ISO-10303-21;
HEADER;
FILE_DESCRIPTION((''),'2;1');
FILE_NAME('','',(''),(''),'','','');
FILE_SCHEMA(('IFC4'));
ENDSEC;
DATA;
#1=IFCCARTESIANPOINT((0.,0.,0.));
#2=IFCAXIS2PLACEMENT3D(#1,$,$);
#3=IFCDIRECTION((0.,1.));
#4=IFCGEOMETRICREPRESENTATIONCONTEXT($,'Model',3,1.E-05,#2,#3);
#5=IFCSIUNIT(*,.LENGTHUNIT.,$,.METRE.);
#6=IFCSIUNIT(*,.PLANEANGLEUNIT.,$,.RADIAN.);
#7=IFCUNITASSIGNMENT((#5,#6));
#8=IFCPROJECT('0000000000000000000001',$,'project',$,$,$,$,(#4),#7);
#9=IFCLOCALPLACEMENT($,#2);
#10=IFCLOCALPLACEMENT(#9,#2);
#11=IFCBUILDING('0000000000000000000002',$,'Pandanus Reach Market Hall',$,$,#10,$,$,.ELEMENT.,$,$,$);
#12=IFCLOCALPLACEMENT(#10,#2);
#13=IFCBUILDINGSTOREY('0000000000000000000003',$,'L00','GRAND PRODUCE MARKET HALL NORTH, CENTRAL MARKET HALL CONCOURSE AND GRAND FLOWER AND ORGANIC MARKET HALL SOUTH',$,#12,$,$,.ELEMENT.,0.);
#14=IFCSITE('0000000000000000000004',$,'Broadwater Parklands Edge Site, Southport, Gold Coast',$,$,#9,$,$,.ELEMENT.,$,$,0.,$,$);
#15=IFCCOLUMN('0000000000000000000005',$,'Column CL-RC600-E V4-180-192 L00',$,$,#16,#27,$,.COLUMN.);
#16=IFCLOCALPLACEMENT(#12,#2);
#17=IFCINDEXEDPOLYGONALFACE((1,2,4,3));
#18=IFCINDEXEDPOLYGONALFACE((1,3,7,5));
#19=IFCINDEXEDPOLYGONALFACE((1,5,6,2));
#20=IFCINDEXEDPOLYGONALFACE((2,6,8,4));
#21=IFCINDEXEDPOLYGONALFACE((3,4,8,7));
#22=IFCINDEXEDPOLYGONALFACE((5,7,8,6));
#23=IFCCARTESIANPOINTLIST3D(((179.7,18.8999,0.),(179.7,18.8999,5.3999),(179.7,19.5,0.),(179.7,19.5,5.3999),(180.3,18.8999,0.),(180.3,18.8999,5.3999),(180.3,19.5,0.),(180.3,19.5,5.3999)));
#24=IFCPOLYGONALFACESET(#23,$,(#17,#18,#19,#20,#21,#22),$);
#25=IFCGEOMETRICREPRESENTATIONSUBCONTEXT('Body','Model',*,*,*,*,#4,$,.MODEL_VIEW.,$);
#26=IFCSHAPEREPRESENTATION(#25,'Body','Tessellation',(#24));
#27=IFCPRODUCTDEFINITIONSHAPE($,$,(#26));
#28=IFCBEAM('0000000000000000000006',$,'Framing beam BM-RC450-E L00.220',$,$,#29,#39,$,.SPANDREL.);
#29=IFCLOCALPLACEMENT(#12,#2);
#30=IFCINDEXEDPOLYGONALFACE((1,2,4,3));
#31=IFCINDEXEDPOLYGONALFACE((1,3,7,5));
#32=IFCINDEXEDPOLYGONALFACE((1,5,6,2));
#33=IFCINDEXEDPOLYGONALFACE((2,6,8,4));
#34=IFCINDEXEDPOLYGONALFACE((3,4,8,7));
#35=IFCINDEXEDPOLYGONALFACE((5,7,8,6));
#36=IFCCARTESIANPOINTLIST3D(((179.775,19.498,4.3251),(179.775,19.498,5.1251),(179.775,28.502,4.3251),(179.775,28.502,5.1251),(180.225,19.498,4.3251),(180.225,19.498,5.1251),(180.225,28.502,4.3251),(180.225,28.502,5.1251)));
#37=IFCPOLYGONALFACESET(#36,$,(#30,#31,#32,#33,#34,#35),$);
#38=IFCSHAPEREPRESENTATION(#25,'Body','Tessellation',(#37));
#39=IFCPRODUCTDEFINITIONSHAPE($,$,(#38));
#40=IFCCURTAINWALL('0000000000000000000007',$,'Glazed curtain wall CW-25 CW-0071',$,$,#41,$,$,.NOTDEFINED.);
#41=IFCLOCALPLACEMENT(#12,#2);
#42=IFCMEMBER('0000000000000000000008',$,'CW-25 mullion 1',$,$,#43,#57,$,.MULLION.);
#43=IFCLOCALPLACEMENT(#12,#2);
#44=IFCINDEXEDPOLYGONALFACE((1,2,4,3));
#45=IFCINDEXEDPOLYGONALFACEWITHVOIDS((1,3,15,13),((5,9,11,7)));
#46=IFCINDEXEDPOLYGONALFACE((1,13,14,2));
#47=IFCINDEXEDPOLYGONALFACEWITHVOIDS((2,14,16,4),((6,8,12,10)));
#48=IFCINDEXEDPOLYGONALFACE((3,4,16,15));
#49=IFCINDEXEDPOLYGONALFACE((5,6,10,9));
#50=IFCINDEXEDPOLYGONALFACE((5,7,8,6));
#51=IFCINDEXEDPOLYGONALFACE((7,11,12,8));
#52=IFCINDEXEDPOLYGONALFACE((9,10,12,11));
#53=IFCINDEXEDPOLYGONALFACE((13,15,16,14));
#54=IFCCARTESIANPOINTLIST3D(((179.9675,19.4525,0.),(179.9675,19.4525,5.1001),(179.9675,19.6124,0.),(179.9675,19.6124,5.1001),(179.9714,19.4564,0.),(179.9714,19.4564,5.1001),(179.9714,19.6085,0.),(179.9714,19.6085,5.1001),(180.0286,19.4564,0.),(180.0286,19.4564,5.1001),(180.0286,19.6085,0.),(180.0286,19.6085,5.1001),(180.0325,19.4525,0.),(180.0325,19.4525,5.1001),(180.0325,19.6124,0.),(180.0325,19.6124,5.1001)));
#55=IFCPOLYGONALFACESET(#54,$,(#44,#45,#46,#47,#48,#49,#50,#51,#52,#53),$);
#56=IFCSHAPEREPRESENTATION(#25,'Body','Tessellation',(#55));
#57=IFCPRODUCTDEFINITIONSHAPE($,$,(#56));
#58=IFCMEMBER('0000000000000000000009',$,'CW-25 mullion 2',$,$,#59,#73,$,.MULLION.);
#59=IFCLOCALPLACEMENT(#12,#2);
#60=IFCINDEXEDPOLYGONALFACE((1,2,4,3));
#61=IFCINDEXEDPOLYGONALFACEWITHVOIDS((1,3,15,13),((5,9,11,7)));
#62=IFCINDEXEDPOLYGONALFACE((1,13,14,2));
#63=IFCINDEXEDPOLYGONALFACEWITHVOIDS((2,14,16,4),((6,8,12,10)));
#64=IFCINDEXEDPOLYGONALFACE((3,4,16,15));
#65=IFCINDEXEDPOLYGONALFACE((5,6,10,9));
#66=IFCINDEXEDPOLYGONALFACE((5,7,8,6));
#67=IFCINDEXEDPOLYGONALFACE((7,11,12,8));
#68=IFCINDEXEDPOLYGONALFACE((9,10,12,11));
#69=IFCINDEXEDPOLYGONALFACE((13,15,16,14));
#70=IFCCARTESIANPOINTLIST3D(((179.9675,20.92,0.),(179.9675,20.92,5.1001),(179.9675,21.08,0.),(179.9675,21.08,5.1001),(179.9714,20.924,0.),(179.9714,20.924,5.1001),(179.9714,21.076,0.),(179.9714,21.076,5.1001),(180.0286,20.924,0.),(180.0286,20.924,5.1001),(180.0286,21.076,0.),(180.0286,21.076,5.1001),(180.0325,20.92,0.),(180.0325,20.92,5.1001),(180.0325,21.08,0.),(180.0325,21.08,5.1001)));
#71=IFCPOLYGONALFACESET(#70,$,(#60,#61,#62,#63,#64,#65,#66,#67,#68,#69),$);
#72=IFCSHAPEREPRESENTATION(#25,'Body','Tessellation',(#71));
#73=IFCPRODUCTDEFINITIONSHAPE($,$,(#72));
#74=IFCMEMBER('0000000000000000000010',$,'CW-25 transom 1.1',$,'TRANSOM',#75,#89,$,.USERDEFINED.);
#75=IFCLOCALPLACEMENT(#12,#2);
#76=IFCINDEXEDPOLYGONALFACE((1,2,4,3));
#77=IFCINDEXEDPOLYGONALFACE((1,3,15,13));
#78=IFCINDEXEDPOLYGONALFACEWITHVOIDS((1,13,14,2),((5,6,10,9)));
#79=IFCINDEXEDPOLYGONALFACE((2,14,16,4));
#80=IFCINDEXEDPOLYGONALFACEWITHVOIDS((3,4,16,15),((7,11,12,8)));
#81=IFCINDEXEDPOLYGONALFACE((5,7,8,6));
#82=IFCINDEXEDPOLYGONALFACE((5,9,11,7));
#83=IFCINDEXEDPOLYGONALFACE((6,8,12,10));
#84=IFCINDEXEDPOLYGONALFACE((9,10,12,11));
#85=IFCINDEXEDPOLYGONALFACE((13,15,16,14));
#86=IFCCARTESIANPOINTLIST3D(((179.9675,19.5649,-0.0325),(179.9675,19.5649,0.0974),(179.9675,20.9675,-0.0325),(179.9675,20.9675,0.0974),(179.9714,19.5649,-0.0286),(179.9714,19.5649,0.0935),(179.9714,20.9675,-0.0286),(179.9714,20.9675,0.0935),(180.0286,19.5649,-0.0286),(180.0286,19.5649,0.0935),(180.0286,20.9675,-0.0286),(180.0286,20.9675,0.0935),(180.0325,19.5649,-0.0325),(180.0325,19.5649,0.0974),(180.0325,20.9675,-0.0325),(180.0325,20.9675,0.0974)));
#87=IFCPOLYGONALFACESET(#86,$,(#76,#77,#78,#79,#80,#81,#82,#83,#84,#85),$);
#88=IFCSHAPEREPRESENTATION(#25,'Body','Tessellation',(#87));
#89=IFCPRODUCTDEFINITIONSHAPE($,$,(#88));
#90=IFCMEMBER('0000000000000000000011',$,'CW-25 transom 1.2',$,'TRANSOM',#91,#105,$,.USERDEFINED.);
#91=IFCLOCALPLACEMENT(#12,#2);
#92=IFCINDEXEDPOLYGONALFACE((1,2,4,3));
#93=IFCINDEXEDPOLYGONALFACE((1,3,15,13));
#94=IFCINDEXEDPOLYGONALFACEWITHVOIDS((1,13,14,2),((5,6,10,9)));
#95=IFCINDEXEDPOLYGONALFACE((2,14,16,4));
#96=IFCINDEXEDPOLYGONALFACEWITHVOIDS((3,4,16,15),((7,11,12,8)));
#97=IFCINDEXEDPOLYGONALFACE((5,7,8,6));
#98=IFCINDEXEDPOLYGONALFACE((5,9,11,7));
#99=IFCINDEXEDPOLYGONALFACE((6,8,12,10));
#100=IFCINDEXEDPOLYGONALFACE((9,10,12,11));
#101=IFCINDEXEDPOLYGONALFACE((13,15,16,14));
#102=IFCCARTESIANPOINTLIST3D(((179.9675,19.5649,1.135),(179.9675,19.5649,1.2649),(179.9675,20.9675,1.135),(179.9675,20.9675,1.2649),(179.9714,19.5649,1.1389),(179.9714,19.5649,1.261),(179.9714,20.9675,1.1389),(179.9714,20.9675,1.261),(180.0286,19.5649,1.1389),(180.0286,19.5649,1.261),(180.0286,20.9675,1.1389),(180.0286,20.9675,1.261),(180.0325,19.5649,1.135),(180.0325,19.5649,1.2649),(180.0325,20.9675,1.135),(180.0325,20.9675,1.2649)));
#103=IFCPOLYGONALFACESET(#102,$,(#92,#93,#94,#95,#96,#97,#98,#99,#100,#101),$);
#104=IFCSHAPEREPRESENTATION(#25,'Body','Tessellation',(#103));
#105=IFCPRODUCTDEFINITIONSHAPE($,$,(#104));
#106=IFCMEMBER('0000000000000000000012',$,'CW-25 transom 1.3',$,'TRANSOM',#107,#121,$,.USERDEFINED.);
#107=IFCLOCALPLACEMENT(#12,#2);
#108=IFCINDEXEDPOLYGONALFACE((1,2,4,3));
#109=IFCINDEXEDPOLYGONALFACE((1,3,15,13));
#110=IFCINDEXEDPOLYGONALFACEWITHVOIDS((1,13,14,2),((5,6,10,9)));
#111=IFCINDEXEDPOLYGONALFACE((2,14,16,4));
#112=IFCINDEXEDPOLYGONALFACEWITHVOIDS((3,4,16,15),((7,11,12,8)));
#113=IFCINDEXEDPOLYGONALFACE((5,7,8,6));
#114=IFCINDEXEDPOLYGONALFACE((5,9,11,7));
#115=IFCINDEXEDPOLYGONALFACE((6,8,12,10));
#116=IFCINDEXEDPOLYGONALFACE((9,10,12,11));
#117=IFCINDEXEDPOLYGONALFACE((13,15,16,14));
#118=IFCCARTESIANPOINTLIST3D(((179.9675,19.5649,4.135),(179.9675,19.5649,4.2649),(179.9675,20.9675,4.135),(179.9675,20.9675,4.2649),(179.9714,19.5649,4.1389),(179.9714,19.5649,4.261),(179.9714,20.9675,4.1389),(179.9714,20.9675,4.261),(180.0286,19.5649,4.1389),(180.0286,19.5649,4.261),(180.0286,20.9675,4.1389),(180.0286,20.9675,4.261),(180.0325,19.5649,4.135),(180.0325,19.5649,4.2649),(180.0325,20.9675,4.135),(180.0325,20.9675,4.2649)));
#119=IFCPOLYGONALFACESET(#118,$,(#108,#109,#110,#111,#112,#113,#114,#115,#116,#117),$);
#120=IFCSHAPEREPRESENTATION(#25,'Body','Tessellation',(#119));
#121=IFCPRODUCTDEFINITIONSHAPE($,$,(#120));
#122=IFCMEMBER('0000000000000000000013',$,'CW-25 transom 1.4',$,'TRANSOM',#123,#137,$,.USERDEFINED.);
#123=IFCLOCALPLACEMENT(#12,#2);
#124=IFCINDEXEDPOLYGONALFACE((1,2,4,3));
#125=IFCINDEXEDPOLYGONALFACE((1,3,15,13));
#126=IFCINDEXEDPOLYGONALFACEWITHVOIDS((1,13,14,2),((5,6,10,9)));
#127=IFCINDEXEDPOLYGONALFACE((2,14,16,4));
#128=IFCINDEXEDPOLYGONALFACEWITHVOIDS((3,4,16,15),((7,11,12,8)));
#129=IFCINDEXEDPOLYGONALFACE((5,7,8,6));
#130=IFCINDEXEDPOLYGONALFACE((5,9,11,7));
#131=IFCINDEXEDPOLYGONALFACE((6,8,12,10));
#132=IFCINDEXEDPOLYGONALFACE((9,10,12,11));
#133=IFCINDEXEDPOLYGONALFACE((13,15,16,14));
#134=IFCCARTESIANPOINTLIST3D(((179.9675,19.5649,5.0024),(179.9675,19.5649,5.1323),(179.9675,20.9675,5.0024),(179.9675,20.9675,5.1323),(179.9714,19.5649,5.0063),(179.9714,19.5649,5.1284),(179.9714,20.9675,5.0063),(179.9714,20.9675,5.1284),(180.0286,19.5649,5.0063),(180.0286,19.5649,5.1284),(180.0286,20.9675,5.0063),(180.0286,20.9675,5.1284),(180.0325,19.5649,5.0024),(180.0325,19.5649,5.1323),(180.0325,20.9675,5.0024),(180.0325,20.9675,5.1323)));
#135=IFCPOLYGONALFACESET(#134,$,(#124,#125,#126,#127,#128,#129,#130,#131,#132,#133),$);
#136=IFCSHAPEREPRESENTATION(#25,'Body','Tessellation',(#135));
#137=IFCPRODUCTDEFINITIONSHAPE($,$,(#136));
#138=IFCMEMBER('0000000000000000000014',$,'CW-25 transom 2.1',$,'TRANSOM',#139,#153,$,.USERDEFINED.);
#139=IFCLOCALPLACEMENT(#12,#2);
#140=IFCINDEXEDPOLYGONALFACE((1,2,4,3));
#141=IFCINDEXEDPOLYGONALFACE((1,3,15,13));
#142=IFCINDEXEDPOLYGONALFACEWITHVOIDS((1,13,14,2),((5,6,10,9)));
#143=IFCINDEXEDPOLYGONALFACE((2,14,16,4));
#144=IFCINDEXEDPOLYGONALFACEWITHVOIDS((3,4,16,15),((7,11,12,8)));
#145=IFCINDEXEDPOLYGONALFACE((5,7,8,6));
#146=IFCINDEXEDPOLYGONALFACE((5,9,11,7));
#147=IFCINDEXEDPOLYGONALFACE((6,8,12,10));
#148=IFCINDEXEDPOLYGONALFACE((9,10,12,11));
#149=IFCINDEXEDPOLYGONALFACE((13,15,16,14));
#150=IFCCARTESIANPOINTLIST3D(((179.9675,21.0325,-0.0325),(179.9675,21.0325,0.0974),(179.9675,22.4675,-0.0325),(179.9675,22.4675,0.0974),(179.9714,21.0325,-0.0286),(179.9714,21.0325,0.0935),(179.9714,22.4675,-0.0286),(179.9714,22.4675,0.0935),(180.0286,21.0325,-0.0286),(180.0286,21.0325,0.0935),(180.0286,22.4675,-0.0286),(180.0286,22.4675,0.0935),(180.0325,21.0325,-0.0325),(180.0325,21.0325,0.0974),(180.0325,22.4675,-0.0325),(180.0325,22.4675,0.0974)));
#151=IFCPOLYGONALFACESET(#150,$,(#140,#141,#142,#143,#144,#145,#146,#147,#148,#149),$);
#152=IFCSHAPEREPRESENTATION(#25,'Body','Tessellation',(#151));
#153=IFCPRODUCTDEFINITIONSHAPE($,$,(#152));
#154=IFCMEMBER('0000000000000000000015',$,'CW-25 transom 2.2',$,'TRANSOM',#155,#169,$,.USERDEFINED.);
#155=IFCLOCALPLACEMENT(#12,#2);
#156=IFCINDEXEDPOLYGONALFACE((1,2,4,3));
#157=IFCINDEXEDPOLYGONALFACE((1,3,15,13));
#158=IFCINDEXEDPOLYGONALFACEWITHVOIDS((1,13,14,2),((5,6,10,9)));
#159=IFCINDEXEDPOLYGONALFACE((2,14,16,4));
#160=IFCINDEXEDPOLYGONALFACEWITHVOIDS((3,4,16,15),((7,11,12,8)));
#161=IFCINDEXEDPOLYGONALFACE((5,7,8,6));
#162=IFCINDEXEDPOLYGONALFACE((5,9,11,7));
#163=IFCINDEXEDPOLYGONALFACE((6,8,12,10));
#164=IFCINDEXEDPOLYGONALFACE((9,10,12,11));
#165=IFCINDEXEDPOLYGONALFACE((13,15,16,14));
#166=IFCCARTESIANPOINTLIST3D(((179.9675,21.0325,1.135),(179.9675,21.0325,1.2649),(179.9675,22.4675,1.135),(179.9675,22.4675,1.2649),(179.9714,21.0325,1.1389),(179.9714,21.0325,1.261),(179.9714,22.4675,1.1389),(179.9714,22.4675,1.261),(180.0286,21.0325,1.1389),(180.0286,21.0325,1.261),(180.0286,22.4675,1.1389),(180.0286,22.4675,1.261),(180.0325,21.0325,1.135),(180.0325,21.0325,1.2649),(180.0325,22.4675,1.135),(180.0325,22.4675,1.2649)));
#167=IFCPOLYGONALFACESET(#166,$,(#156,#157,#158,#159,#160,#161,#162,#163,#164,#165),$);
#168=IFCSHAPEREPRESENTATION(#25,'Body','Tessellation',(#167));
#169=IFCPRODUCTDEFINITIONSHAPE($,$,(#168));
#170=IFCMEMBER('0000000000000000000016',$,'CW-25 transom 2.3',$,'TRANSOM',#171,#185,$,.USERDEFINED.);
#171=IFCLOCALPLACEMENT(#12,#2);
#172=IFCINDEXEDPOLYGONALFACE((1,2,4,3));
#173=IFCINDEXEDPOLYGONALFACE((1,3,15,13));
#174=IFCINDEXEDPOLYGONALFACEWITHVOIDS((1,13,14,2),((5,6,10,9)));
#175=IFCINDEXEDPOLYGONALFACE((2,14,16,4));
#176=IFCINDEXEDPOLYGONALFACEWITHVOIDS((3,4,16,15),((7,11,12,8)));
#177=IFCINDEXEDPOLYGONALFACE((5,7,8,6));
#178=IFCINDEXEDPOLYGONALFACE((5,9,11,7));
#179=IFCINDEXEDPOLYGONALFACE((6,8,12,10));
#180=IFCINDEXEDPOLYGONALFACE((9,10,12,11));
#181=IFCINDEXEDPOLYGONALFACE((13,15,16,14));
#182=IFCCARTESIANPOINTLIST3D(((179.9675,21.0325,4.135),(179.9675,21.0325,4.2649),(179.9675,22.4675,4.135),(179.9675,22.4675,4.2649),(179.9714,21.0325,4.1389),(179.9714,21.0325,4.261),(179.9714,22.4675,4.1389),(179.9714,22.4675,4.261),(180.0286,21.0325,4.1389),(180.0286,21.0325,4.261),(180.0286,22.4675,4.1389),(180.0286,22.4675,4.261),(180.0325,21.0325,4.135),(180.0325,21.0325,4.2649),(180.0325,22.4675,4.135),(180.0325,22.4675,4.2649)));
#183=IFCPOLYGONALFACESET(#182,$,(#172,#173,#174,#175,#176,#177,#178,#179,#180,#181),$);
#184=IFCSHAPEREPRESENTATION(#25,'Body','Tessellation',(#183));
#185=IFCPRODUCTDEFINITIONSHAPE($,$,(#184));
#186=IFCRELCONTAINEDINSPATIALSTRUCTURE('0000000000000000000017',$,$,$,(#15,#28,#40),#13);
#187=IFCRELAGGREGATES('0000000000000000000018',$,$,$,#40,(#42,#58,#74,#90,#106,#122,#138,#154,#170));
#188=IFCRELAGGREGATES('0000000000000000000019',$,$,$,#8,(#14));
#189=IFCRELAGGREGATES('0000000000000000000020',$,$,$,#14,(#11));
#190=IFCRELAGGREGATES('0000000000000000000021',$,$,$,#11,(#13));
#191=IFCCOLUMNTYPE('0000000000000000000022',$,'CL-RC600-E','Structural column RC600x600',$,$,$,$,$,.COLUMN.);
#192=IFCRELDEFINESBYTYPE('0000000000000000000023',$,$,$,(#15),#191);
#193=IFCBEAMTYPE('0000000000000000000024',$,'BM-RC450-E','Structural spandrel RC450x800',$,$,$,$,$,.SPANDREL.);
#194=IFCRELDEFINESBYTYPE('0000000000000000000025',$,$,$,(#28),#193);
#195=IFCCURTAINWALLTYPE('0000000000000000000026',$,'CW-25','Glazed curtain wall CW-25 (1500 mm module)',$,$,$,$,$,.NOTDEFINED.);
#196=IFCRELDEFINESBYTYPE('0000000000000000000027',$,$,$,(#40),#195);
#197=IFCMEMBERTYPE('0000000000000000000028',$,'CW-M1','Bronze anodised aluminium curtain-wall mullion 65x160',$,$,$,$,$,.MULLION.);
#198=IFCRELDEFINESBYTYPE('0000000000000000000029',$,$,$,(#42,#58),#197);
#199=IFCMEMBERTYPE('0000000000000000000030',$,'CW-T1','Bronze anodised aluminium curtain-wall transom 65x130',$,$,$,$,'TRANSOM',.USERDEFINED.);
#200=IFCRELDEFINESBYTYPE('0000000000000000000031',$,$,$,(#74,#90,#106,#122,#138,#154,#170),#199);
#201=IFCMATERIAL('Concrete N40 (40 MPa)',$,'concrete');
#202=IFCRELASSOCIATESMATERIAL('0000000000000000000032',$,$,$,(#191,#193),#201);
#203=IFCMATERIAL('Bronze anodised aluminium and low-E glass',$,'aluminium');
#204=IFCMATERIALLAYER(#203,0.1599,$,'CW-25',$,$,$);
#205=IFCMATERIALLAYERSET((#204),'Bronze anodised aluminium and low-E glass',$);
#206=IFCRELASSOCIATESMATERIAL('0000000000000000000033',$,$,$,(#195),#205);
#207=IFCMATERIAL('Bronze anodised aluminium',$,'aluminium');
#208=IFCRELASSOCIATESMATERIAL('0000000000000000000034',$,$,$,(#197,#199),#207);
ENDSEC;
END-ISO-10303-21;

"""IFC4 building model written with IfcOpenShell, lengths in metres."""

from ifc_helpers import new_model, si_unit, direction, frame, origin, origin_2d, place, context, subcontext, project, spatial, rectangle, hollow_rectangle, extrude, material, layer, layer_set, material_profile, profile_set, type_object, element, aggregate, save


model = new_model("IFC4")

# Units and contexts
model_context = context("Model", 3, precision=1e-05, world=origin(), true_north=direction((0.0, 1.0)))
body_context = subcontext(model_context, "Body", "Model", "MODEL_VIEW")
ifc_project = project(units=[si_unit("LENGTHUNIT", "METRE"), si_unit("PLANEANGLEUNIT", "RADIAN")], contexts=[model_context])

# Site, building, storey
site_placement = place(None, origin())
site = spatial("IfcSite", under=ifc_project, at=site_placement, Name="Broadwater Parklands Edge Site, Southport, Gold Coast", CompositionType="ELEMENT", RefElevation=0.0)
building_placement = place(site_placement, origin())
building = spatial("IfcBuilding", under=site, at=building_placement, Name="Pandanus Reach Market Hall", CompositionType="ELEMENT")
storey_placement = place(building_placement, origin())
storey = spatial("IfcBuildingStorey", under=building, at=storey_placement, Name="L00", Description="GRAND PRODUCE MARKET HALL NORTH, CENTRAL MARKET HALL CONCOURSE AND GRAND FLOWER AND ORGANIC MARKET HALL SOUTH", CompositionType="ELEMENT", Elevation=0.0)

# Column
ifc_material_1 = material(Name="Concrete N40 (40 MPa)", Category="concrete")
ifc_material_profile_1 = material_profile(ifc_material_1, rectangle(XDim=0.6001, YDim=0.6001, at=origin_2d()), Name="RC600x600", Category="LoadBearing")
ifc_profile_set_1 = profile_set([ifc_material_profile_1], Name="Concrete N40 (40 MPa)")
column_type = type_object("IfcColumnType", Name="CL-RC600-E", Description="Structural column RC600x600", PredefinedType="COLUMN", material=ifc_profile_set_1)
column_placement = place(storey_placement, frame((180.0, 19.2, 0.0), z_axis=(0.0, 0.0, 1.0), x_axis=(1.0, 0.0, 0.0)))
element("IfcColumn", 1, at=column_placement, inside=storey, type_object=column_type, Name="Column CL-RC600-E V4-180-192 L00", PredefinedType="COLUMN", context=body_context, shape_type="SweptSolid", body=[
    extrude(rectangle(XDim=0.6001, YDim=0.6001, at=origin_2d()), origin(), (0.0, 0.0, 1.0), 5.3999),
])

# Beam
ifc_material_profile_2 = material_profile(ifc_material_1, rectangle(XDim=0.45, YDim=0.8, at=origin_2d()), Name="RC450x800", Category="LoadBearing")
ifc_profile_set_2 = profile_set([ifc_material_profile_2], Name="Concrete N40 (40 MPa)")
beam_type = type_object("IfcBeamType", Name="BM-RC450-E", Description="Structural spandrel RC450x800", PredefinedType="SPANDREL", material=ifc_profile_set_2)
beam_placement = place(storey_placement, frame((180.0, 19.498, 4.7251), z_axis=(0.0, 1.0, 0.0), x_axis=(-1.0, 0.0, 0.0)))
element("IfcBeam", 2, at=beam_placement, inside=storey, type_object=beam_type, Name="Framing beam BM-RC450-E L00.220", PredefinedType="SPANDREL", context=body_context, shape_type="SweptSolid", body=[
    extrude(rectangle(XDim=0.45, YDim=0.8, at=origin_2d()), origin(), (0.0, 0.0, 1.0), 9.0039),
])

# Curtain wall, members
ifc_material_2 = material(Name="Bronze anodised aluminium and low-E glass", Category="aluminium")
ifc_layer_1 = layer(ifc_material_2, 0.1599, Name="CW-25")
ifc_layer_set_1 = layer_set([ifc_layer_1], Name="Bronze anodised aluminium and low-E glass")
curtain_wall_type = type_object("IfcCurtainWallType", Name="CW-25", Description="Glazed curtain wall CW-25 (1500 mm module)", PredefinedType="NOTDEFINED", material=ifc_layer_set_1)
curtain_wall_placement = place(storey_placement, origin())
curtain_wall = element("IfcCurtainWall", 3, at=curtain_wall_placement, inside=storey, type_object=curtain_wall_type, Name="Glazed curtain wall CW-25 CW-0071", PredefinedType="NOTDEFINED")
ifc_material_3 = material(Name="Bronze anodised aluminium", Category="aluminium")
ifc_material_profile_3 = material_profile(ifc_material_3, hollow_rectangle(XDim=0.0649, YDim=0.1599, WallThickness=0.0039, at=origin_2d()), Name="ALU65x160", Category="LoadBearing")
ifc_profile_set_3 = profile_set([ifc_material_profile_3], Name="Bronze anodised aluminium")
member_type_1 = type_object("IfcMemberType", Name="CW-M1", Description="Bronze anodised aluminium curtain-wall mullion 65x160", PredefinedType="MULLION", material=ifc_profile_set_3)
member_1_placement = place(storey_placement, frame((180.0, 19.5325, 0.0), z_axis=(0.0, 0.0, 1.0), x_axis=(-1.0, 0.0, 0.0)))
member_1 = element("IfcMember", 4, at=member_1_placement, type_object=member_type_1, Name="CW-25 mullion 1", PredefinedType="MULLION", context=body_context, shape_type="SweptSolid", body=[
    extrude(hollow_rectangle(XDim=0.0649, YDim=0.1599, WallThickness=0.0039, at=origin_2d()), origin(), (0.0, 0.0, 1.0), 5.1001),
])
member_2_placement = place(storey_placement, frame((180.0, 21.0, 0.0), z_axis=(0.0, 0.0, 1.0), x_axis=(-1.0, 0.0, 0.0)))
member_2 = element("IfcMember", 5, at=member_2_placement, type_object=member_type_1, Name="CW-25 mullion 2", PredefinedType="MULLION", context=body_context, shape_type="SweptSolid", body=[
    extrude(hollow_rectangle(XDim=0.0649, YDim=0.1599, WallThickness=0.0039, at=origin_2d()), origin(), (0.0, 0.0, 1.0), 5.1001),
])
ifc_material_profile_4 = material_profile(ifc_material_3, hollow_rectangle(XDim=0.0649, YDim=0.1299, WallThickness=0.0039, at=origin_2d()), Name="ALU65x130", Category="LoadBearing")
ifc_profile_set_4 = profile_set([ifc_material_profile_4], Name="Bronze anodised aluminium")
member_type_2 = type_object("IfcMemberType", Name="CW-T1", Description="Bronze anodised aluminium curtain-wall transom 65x130", ElementType="TRANSOM", PredefinedType="USERDEFINED", material=ifc_profile_set_4)
member_3_placement = place(storey_placement, frame((180.0, 19.5649, 0.0325), z_axis=(0.0, 1.0, 0.0), x_axis=(-1.0, 0.0, 0.0)))
member_3 = element("IfcMember", 6, at=member_3_placement, type_object=member_type_2, Name="CW-25 transom 1.1", ObjectType="TRANSOM", PredefinedType="USERDEFINED", context=body_context, shape_type="SweptSolid", body=[
    extrude(hollow_rectangle(XDim=0.0649, YDim=0.1299, WallThickness=0.0039, at=origin_2d()), origin(), (0.0, 0.0, 1.0), 1.4026),
])
member_4_placement = place(storey_placement, frame((180.0, 19.5649, 1.2), z_axis=(0.0, 1.0, 0.0), x_axis=(-1.0, 0.0, 0.0)))
member_4 = element("IfcMember", 7, at=member_4_placement, type_object=member_type_2, Name="CW-25 transom 1.2", ObjectType="TRANSOM", PredefinedType="USERDEFINED", context=body_context, shape_type="SweptSolid", body=[
    extrude(hollow_rectangle(XDim=0.0649, YDim=0.1299, WallThickness=0.0039, at=origin_2d()), origin(), (0.0, 0.0, 1.0), 1.4026),
])
member_5_placement = place(storey_placement, frame((180.0, 19.5649, 4.2), z_axis=(0.0, 1.0, 0.0), x_axis=(-1.0, 0.0, 0.0)))
member_5 = element("IfcMember", 8, at=member_5_placement, type_object=member_type_2, Name="CW-25 transom 1.3", ObjectType="TRANSOM", PredefinedType="USERDEFINED", context=body_context, shape_type="SweptSolid", body=[
    extrude(hollow_rectangle(XDim=0.0649, YDim=0.1299, WallThickness=0.0039, at=origin_2d()), origin(), (0.0, 0.0, 1.0), 1.4026),
])
member_6_placement = place(storey_placement, frame((180.0, 19.5649, 5.0674), z_axis=(0.0, 1.0, 0.0), x_axis=(-1.0, 0.0, 0.0)))
member_6 = element("IfcMember", 9, at=member_6_placement, type_object=member_type_2, Name="CW-25 transom 1.4", ObjectType="TRANSOM", PredefinedType="USERDEFINED", context=body_context, shape_type="SweptSolid", body=[
    extrude(hollow_rectangle(XDim=0.0649, YDim=0.1299, WallThickness=0.0039, at=origin_2d()), origin(), (0.0, 0.0, 1.0), 1.4026),
])
member_7_placement = place(storey_placement, frame((180.0, 21.0325, 0.0325), z_axis=(0.0, 1.0, 0.0), x_axis=(-1.0, 0.0, 0.0)))
member_7 = element("IfcMember", 10, at=member_7_placement, type_object=member_type_2, Name="CW-25 transom 2.1", ObjectType="TRANSOM", PredefinedType="USERDEFINED", context=body_context, shape_type="SweptSolid", body=[
    extrude(hollow_rectangle(XDim=0.0649, YDim=0.1299, WallThickness=0.0039, at=origin_2d()), origin(), (0.0, 0.0, 1.0), 1.4351),
])
member_8_placement = place(storey_placement, frame((180.0, 21.0325, 1.2), z_axis=(0.0, 1.0, 0.0), x_axis=(-1.0, 0.0, 0.0)))
member_8 = element("IfcMember", 11, at=member_8_placement, type_object=member_type_2, Name="CW-25 transom 2.2", ObjectType="TRANSOM", PredefinedType="USERDEFINED", context=body_context, shape_type="SweptSolid", body=[
    extrude(hollow_rectangle(XDim=0.0649, YDim=0.1299, WallThickness=0.0039, at=origin_2d()), origin(), (0.0, 0.0, 1.0), 1.4351),
])
member_9_placement = place(storey_placement, frame((180.0, 21.0325, 4.2), z_axis=(0.0, 1.0, 0.0), x_axis=(-1.0, 0.0, 0.0)))
member_9 = element("IfcMember", 12, at=member_9_placement, type_object=member_type_2, Name="CW-25 transom 2.3", ObjectType="TRANSOM", PredefinedType="USERDEFINED", context=body_context, shape_type="SweptSolid", body=[
    extrude(hollow_rectangle(XDim=0.0649, YDim=0.1299, WallThickness=0.0039, at=origin_2d()), origin(), (0.0, 0.0, 1.0), 1.4351),
])
aggregate(curtain_wall, [member_1, member_2, member_3, member_4, member_5, member_6, member_7, member_8, member_9])

save(model, "model.ifc")
